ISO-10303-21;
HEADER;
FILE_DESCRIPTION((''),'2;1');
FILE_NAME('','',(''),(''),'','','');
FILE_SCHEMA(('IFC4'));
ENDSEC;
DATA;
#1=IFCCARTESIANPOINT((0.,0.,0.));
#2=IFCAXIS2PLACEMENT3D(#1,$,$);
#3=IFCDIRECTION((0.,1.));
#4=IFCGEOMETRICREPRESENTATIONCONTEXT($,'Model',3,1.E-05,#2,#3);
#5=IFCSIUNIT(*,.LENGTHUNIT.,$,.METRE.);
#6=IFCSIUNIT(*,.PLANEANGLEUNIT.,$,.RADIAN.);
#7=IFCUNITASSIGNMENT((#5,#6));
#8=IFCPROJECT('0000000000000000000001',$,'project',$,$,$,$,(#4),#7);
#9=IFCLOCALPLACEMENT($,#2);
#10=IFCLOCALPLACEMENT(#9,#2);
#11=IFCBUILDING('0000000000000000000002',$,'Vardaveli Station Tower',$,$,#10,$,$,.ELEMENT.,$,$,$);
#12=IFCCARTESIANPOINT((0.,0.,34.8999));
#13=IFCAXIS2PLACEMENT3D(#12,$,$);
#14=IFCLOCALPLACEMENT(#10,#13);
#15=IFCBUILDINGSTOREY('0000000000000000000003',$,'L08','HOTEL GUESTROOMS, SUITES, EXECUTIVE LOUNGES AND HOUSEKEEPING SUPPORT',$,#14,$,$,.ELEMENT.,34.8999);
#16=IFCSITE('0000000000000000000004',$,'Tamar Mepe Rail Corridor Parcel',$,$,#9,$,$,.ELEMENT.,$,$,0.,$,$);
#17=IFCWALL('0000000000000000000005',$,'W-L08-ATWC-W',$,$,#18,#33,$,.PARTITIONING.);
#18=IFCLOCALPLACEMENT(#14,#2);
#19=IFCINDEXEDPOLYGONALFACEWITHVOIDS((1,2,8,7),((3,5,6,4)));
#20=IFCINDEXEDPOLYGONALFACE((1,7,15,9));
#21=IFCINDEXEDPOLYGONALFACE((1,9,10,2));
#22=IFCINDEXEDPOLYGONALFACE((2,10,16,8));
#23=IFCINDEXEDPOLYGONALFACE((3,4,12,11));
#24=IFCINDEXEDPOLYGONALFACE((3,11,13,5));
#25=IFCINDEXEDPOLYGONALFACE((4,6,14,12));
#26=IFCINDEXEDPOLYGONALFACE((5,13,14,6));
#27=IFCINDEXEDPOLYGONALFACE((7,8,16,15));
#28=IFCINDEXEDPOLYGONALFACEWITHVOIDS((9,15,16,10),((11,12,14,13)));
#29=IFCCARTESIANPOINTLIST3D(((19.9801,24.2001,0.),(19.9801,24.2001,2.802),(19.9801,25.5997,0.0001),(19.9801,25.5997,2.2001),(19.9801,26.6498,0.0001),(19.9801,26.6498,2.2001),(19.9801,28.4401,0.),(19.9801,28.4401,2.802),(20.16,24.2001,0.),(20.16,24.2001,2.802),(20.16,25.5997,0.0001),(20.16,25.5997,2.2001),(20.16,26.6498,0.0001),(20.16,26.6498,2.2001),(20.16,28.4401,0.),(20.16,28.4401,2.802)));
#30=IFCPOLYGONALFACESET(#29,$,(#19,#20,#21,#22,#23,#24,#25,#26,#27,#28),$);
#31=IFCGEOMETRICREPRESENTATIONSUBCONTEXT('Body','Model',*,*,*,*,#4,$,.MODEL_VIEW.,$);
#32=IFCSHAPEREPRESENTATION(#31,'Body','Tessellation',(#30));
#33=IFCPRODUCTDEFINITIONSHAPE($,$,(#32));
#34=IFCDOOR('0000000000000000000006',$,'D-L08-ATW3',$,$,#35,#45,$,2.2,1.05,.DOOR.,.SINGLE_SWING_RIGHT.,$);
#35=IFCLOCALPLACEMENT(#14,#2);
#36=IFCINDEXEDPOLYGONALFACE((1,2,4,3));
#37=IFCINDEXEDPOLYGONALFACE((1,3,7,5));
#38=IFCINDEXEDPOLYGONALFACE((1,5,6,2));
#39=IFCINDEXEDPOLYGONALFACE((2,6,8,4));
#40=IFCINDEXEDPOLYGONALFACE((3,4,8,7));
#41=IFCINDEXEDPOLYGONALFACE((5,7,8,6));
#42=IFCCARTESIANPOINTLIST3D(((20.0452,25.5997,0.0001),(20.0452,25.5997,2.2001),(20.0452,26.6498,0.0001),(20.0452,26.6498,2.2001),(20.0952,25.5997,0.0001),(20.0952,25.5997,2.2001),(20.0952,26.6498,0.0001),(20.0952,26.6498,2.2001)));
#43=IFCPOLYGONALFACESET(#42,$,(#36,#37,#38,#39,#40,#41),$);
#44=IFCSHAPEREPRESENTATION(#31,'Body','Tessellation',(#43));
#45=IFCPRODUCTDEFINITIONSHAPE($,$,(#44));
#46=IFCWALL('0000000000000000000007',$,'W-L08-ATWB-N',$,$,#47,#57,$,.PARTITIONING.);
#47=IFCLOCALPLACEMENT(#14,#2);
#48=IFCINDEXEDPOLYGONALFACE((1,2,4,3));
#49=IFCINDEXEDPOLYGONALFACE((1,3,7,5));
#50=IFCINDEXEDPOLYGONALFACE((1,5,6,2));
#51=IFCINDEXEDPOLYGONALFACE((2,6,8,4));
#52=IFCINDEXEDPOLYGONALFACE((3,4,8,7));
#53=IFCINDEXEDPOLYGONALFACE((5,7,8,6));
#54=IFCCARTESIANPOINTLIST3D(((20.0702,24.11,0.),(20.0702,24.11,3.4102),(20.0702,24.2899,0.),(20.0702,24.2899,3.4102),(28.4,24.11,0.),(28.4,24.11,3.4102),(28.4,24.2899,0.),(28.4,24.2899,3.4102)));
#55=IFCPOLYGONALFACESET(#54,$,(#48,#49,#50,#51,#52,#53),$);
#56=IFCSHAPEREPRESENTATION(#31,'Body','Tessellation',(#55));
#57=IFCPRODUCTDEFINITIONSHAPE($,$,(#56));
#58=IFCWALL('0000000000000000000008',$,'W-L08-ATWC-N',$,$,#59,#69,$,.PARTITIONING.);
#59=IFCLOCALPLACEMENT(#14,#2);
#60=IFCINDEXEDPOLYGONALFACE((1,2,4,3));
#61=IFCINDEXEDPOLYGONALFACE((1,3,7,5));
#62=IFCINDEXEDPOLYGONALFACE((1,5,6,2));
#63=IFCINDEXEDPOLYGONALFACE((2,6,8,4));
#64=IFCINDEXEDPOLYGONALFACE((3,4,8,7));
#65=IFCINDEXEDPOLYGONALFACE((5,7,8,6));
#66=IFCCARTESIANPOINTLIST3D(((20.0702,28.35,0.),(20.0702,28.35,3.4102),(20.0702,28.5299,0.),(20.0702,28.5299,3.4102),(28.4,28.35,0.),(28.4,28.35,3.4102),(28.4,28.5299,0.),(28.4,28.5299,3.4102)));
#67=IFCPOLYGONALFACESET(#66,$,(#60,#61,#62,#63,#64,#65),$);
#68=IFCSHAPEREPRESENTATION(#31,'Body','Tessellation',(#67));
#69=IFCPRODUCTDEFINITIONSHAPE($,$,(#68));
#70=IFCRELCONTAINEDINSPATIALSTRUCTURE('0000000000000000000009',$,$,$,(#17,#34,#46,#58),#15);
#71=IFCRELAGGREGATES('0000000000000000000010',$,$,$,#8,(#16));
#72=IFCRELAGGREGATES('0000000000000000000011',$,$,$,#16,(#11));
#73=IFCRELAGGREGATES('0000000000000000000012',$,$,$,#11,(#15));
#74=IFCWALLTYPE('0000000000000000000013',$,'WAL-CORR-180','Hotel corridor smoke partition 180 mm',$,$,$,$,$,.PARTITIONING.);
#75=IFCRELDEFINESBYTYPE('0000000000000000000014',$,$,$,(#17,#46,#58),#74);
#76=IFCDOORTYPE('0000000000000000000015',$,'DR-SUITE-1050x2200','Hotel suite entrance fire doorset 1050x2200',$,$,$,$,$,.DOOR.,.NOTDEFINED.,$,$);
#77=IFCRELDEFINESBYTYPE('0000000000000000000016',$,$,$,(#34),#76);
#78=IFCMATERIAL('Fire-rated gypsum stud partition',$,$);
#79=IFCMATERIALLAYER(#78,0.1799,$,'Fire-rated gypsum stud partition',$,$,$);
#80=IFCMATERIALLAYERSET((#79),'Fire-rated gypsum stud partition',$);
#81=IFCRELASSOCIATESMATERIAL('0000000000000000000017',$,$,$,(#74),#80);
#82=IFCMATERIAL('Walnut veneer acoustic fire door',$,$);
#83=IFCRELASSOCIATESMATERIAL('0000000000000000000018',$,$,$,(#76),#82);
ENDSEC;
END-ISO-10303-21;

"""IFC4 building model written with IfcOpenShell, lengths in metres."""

from ifc_helpers import new_model, si_unit, direction, frame, frame_2d, origin, place, context, subcontext, project, spatial, rectangle, extrude, source, transform, mapped, material, layer, layer_set, type_object, element, fill, save


model = new_model("IFC4")

# Units and contexts
model_context = context("Model", 3, precision=1e-05, world=origin(), true_north=direction((0.0, 1.0)))
body_context = subcontext(model_context, "Body", "Model", "MODEL_VIEW")
ifc_project = project(units=[si_unit("LENGTHUNIT", "METRE"), si_unit("PLANEANGLEUNIT", "RADIAN")], contexts=[model_context])

# Site, building, storey
site_placement = place(None, origin())
site = spatial("IfcSite", under=ifc_project, at=site_placement, Name="Tamar Mepe Rail Corridor Parcel", CompositionType="ELEMENT", RefElevation=0.0)
building_placement = place(site_placement, origin())
building = spatial("IfcBuilding", under=site, at=building_placement, Name="Vardaveli Station Tower", CompositionType="ELEMENT")
storey_placement = place(building_placement, frame((0.0, 0.0, 34.8999)))
storey = spatial("IfcBuildingStorey", under=building, at=storey_placement, Name="L08", Description="HOTEL GUESTROOMS, SUITES, EXECUTIVE LOUNGES AND HOUSEKEEPING SUPPORT", CompositionType="ELEMENT", Elevation=34.8999)

# Shared definitions
ifc_material_1 = material(Name="Fire-rated gypsum stud partition")
ifc_layer_1 = layer(ifc_material_1, 0.1799, Name="Fire-rated gypsum stud partition")
ifc_layer_set_1 = layer_set([ifc_layer_1], Name="Fire-rated gypsum stud partition")
wall_type_1 = type_object("IfcWallType", Name="WAL-CORR-180", Description="Hotel corridor smoke partition 180 mm", PredefinedType="PARTITIONING", material=ifc_layer_set_1)

# Wall, opening, door
shared_shape_1 = source(origin(), body_context, "Body", "SweptSolid", [
    extrude(rectangle(XDim=4.24, YDim=0.1799, at=frame_2d((2.1201, 0.0))), origin(), (0.0, 0.0, 1.0), 2.802),
])
wall_1_placement = place(storey_placement, frame((20.0701, 24.2, 0.0), z_axis=(0.0, 0.0, 1.0), x_axis=(0.0, 1.0, 0.0)))
wall_1 = element("IfcWall", 1, at=wall_1_placement, inside=storey, type_object=wall_type_1, Name="W-L08-ATWC-W", PredefinedType="PARTITIONING", context=body_context, shape_type="MappedRepresentation", body=[
    mapped(shared_shape_1, transform((0.0, 0.0, 0.0), scale=1.0)),
])
shared_shape_2 = source(origin(), body_context, "Body", "SweptSolid", [
    extrude(rectangle(XDim=1.05, YDim=2.2, at=frame_2d((0.5249, 1.1001))), frame((0.0, 0.1001, 0.0), z_axis=(0.0, -1.0, 0.0), x_axis=(1.0, 0.0, 0.0)), (0.0, 0.0, 1.0), 0.2),
])
opening_1_placement = place(wall_1_placement, frame((1.3999, 0.0, 0.0)))
opening_1 = element("IfcOpeningElement", 2, at=opening_1_placement, cuts=wall_1, PredefinedType="OPENING", context=body_context, shape_type="MappedRepresentation", body=[
    mapped(shared_shape_2, transform((0.0, 0.0, 0.0), scale=1.0)),
])
ifc_material_2 = material(Name="Walnut veneer acoustic fire door")
door_type_1 = type_object("IfcDoorType", Name="DR-SUITE-1050x2200", Description="Hotel suite entrance fire doorset 1050x2200", OperationType="NOTDEFINED", PredefinedType="DOOR", material=ifc_material_2)
shared_shape_3 = source(origin(), body_context, "Body", "SweptSolid", [
    extrude(rectangle(XDim=1.05, YDim=2.2, at=frame_2d((0.5249, 1.1001))), frame((0.0, 0.0249, 0.0), z_axis=(0.0, -1.0, 0.0), x_axis=(1.0, 0.0, 0.0)), (0.0, 0.0, 1.0), 0.05),
])
door_1_placement = place(opening_1_placement, origin())
door_1 = element("IfcDoor", 3, at=door_1_placement, inside=storey, type_object=door_type_1, Name="D-L08-ATW3", OperationType="SINGLE_SWING_RIGHT", OverallHeight=2.2, OverallWidth=1.05, PredefinedType="DOOR", context=body_context, shape_type="MappedRepresentation", body=[
    mapped(shared_shape_3, transform((0.0, 0.0, 0.0), scale=1.0)),
])
fill(opening_1, door_1)

# Walls
shared_shape_4 = source(origin(), body_context, "Body", "SweptSolid", [
    extrude(rectangle(XDim=8.3298, YDim=0.1799, at=frame_2d((4.165, 0.0))), origin(), (0.0, 0.0, 1.0), 3.4102),
])
for number, where, z_axis, x_axis, name in (
    (4, (20.0701, 24.2, 0.0), (0.0, 0.0, 1.0), (1.0, 0.0, 0.0), "W-L08-ATWB-N"),
    (5, (20.0701, 28.4399, 0.0), (0.0, 0.0, 1.0), (1.0, 0.0, 0.0), "W-L08-ATWC-N"),
):
    element("IfcWall", number, at=place(storey_placement, frame(where, z_axis=z_axis, x_axis=x_axis)), inside=storey, type_object=wall_type_1, Name=name, PredefinedType="PARTITIONING", context=body_context, shape_type="MappedRepresentation", body=[
        mapped(shared_shape_4, transform((0.0, 0.0, 0.0), scale=1.0)),
    ])

save(model, "model.ifc")
